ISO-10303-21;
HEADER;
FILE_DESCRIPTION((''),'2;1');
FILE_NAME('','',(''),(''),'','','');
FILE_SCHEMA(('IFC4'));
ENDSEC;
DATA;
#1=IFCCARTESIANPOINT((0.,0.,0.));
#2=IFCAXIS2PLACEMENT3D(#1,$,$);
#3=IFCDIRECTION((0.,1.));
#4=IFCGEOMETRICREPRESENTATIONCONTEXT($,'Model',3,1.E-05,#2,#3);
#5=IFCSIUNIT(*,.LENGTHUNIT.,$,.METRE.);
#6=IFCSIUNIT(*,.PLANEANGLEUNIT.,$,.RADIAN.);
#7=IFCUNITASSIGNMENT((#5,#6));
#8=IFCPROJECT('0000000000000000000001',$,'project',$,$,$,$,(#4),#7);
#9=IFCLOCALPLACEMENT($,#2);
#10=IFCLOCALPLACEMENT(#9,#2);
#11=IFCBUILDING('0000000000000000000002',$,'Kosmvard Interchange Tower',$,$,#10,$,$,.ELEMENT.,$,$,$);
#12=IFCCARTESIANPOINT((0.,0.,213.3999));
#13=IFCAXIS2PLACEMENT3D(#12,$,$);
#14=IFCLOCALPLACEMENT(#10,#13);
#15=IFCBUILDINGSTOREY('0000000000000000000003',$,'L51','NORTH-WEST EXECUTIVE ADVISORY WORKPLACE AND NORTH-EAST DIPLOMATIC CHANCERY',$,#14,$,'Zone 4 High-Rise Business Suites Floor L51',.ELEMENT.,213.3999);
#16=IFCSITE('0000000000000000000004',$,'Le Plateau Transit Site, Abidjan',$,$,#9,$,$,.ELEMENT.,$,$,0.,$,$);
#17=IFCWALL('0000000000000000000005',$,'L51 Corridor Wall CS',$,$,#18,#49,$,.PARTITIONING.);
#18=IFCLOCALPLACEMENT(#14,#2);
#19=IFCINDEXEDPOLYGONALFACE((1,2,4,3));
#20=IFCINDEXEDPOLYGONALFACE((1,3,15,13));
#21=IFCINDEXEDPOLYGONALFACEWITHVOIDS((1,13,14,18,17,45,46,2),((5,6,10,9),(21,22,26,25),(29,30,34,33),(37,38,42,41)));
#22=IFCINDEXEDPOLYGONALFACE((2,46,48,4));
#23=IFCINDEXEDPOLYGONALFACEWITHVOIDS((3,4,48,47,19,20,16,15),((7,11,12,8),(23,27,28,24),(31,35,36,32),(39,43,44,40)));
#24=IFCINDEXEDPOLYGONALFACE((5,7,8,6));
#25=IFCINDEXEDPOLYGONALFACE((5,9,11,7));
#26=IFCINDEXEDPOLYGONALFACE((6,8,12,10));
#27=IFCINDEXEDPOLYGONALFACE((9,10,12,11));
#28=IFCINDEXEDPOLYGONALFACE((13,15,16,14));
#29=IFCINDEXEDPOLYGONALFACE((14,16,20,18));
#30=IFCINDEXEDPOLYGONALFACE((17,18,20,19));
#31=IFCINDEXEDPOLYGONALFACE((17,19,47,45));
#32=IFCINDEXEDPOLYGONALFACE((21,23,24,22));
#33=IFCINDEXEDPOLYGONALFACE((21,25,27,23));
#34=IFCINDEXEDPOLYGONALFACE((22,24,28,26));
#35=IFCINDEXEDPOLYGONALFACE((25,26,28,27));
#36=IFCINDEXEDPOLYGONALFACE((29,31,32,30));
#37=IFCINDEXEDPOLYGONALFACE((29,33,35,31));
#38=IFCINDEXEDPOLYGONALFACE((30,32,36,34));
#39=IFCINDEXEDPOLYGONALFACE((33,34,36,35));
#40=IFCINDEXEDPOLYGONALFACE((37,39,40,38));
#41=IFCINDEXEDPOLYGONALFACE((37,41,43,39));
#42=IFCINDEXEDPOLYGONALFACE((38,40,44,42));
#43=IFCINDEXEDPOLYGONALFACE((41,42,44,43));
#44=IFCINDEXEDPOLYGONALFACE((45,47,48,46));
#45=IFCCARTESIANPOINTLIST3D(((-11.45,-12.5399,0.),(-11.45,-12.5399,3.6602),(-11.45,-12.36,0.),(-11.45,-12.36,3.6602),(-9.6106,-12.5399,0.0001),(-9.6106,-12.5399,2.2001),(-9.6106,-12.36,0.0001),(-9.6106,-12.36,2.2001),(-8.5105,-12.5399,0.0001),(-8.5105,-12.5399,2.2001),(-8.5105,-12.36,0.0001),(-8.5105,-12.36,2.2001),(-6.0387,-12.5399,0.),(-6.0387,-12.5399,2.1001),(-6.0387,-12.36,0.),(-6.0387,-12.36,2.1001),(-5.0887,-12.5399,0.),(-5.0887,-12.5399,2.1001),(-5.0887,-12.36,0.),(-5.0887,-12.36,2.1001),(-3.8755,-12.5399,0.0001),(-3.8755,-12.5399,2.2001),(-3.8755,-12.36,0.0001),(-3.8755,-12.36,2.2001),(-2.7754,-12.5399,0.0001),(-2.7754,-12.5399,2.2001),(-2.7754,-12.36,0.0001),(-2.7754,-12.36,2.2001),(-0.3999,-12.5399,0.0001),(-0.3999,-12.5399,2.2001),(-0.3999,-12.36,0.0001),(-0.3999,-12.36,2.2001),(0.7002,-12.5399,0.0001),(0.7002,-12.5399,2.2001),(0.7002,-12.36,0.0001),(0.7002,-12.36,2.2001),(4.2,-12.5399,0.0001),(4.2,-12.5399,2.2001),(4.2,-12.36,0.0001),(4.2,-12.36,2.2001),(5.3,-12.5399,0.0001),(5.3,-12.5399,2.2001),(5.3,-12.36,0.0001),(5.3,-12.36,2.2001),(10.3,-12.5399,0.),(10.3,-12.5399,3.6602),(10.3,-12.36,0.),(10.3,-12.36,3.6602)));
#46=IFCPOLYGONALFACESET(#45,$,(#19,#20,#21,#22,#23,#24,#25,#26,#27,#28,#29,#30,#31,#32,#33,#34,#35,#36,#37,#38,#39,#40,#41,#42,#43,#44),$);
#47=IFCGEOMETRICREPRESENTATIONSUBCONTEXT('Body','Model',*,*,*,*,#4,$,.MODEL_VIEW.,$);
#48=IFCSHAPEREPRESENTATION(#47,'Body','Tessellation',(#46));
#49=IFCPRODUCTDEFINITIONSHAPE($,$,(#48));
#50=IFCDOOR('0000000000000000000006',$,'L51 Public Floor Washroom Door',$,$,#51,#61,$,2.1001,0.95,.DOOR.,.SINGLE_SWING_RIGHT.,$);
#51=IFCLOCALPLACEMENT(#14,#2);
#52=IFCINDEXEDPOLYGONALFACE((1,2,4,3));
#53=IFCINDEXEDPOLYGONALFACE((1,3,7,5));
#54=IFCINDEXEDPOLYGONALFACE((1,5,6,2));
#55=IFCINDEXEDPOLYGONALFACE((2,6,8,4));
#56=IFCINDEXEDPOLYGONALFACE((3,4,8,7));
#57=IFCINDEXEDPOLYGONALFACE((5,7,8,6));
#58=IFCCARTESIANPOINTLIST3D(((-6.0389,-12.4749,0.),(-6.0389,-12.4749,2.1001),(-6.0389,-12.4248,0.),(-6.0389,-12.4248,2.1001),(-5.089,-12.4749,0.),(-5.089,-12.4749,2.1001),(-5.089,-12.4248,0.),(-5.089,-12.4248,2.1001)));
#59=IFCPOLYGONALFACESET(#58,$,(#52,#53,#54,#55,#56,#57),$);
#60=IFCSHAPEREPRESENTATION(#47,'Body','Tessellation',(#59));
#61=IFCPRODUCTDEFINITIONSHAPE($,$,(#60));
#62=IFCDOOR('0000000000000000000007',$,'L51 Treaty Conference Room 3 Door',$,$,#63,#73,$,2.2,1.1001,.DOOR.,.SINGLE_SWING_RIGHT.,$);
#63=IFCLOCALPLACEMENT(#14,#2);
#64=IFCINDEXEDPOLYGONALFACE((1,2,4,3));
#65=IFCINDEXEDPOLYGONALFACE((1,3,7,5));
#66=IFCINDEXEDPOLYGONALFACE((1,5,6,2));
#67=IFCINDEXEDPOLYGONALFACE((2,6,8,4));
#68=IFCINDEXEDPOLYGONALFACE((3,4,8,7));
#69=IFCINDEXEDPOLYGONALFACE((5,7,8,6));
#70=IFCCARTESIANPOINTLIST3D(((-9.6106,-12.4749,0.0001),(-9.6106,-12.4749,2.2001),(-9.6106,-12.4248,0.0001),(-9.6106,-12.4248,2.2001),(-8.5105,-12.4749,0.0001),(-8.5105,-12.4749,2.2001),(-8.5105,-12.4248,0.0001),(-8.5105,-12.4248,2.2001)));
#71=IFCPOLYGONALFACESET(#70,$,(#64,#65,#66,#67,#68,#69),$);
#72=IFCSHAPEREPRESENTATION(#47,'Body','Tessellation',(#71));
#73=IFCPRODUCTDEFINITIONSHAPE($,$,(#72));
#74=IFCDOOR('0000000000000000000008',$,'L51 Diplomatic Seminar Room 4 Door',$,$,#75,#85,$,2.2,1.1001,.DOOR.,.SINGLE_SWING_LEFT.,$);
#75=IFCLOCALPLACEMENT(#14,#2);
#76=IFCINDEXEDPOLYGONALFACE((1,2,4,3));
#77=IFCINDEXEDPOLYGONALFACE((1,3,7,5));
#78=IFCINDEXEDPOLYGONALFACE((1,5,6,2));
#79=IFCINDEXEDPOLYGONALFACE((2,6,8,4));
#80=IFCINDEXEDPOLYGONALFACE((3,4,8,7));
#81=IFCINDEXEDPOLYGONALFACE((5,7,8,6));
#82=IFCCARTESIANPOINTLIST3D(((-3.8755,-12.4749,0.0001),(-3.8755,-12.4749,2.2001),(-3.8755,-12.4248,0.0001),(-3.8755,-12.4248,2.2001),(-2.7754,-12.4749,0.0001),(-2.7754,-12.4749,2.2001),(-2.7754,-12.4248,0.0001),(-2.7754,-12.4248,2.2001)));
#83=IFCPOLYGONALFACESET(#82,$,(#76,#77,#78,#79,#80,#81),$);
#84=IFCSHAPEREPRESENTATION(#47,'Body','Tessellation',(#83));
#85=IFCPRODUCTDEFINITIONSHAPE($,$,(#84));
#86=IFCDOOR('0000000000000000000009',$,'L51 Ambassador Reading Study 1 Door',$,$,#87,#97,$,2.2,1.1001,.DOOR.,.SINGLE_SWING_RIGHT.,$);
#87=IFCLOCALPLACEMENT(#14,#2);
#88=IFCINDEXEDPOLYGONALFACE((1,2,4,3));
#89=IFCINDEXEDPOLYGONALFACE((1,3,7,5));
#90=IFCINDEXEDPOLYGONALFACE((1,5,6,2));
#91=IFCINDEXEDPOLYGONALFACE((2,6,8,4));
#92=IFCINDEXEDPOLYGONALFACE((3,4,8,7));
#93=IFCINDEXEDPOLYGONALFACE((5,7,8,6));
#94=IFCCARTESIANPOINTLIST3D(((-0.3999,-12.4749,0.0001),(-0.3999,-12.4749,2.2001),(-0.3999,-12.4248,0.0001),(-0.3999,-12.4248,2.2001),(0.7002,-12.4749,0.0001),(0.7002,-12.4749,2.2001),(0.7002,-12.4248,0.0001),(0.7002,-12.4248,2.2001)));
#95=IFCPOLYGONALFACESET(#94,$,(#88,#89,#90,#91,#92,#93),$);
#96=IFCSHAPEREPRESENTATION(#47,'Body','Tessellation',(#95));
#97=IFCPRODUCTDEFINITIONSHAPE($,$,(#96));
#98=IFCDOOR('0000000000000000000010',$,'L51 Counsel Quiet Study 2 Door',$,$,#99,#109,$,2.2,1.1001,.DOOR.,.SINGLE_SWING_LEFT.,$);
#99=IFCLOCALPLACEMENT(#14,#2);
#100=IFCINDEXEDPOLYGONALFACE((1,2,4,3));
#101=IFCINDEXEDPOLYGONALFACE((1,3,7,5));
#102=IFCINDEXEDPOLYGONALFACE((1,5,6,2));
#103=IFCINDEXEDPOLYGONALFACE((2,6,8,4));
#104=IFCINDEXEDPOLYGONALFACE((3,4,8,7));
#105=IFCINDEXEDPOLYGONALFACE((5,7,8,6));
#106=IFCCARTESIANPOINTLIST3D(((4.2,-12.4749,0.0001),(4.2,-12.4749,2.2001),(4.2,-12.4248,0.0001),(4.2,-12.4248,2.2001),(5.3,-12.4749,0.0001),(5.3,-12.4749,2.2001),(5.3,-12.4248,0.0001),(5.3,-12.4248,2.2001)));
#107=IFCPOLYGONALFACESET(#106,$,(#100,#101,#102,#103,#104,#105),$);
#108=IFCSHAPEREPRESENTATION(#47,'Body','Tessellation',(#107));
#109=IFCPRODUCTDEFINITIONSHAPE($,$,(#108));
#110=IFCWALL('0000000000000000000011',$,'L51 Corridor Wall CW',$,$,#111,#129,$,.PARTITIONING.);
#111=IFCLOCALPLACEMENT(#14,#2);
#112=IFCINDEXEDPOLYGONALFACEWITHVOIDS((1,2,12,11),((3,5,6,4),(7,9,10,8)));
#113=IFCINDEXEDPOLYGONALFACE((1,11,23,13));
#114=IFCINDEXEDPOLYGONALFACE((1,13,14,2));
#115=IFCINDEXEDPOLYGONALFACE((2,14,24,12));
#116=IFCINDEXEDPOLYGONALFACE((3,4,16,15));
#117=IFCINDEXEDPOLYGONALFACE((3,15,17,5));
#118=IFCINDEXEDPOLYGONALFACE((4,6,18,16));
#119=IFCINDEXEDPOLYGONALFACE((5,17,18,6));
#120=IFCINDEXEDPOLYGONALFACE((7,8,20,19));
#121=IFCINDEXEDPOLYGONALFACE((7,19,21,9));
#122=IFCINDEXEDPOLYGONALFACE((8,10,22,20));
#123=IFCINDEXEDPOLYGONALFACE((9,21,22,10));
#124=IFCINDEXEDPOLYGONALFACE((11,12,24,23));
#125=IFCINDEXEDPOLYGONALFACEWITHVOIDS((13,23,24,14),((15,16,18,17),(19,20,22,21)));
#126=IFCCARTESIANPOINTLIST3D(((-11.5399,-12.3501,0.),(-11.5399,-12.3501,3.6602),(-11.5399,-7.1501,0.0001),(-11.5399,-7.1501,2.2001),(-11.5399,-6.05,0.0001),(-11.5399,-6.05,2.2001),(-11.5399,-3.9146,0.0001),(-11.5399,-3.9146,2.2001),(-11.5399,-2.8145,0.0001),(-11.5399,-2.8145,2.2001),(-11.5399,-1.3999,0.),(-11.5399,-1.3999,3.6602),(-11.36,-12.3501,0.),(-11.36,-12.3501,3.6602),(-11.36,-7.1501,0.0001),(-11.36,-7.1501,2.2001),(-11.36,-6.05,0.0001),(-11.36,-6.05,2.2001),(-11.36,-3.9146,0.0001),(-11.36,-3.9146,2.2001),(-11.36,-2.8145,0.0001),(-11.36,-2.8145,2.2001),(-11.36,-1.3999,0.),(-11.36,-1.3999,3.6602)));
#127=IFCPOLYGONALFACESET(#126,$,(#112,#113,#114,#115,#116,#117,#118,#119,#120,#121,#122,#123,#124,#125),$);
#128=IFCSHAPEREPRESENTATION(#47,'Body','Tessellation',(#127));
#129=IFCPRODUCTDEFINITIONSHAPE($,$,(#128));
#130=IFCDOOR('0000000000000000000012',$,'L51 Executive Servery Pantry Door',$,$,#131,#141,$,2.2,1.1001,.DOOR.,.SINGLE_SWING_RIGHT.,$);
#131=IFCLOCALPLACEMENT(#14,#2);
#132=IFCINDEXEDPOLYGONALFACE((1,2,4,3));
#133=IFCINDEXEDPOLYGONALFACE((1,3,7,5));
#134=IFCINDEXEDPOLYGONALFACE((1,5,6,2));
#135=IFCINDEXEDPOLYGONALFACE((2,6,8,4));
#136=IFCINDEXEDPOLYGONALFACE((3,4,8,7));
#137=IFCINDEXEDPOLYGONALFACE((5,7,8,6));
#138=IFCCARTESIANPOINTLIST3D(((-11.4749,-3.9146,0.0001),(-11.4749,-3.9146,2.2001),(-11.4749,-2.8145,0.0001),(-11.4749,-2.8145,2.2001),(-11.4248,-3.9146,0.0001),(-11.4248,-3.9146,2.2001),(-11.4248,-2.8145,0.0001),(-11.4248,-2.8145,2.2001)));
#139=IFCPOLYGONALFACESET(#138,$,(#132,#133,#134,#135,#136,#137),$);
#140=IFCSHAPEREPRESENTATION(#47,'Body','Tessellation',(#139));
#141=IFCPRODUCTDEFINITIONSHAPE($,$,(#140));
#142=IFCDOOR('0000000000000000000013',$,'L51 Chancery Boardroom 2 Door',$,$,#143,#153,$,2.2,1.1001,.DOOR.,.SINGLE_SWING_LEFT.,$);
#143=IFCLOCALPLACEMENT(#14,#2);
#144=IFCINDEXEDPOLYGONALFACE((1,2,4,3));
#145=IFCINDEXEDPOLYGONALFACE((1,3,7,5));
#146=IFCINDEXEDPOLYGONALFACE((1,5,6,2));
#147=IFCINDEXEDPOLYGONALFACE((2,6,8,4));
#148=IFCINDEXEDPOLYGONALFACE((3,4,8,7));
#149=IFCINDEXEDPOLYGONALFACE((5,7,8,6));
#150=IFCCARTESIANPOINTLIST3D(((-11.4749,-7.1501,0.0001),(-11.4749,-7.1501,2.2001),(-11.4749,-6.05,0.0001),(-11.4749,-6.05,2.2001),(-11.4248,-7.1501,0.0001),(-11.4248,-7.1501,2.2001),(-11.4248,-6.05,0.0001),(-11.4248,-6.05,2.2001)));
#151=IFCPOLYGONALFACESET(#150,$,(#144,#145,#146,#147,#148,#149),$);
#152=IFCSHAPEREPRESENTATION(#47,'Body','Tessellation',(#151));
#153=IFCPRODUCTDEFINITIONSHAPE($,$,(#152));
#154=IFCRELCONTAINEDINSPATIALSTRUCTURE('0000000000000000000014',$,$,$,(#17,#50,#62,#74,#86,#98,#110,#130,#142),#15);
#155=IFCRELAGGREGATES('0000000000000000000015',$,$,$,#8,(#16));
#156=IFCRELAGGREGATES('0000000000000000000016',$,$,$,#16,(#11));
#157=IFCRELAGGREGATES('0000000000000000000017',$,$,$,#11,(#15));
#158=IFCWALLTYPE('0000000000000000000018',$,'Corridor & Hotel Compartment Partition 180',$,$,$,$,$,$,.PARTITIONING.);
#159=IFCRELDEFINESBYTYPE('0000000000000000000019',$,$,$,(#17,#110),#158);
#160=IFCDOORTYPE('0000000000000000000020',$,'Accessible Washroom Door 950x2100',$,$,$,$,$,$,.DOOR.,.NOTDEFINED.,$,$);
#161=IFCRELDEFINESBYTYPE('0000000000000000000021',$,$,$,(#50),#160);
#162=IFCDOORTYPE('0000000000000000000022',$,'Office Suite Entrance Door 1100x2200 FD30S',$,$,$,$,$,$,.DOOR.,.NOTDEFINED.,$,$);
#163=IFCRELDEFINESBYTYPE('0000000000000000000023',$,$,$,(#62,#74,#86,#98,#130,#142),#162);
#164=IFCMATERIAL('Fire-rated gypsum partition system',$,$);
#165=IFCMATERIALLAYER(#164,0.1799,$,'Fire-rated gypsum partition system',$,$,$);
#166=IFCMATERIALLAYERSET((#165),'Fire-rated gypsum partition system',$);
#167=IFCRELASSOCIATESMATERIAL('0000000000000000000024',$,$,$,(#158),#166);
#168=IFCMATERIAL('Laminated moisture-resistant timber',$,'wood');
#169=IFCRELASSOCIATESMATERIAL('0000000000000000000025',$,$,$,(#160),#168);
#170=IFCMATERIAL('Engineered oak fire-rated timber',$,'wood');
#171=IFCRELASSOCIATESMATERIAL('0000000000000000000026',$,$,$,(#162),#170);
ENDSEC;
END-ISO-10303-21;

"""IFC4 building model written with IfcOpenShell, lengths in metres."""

from ifc_helpers import new_model, si_unit, direction, frame, frame_2d, origin, place, context, subcontext, project, spatial, rectangle, extrude, source, transform, mapped, material, layer, layer_set, type_object, element, fill, save


model = new_model("IFC4")

# Units and contexts
model_context = context("Model", 3, precision=1e-05, world=origin(), true_north=direction((0.0, 1.0)))
body_context = subcontext(model_context, "Body", "Model", "MODEL_VIEW")
ifc_project = project(units=[si_unit("LENGTHUNIT", "METRE"), si_unit("PLANEANGLEUNIT", "RADIAN")], contexts=[model_context])

# Site, building, storey
site_placement = place(None, origin())
site = spatial("IfcSite", under=ifc_project, at=site_placement, Name="Le Plateau Transit Site, Abidjan", CompositionType="ELEMENT", RefElevation=0.0)
building_placement = place(site_placement, origin())
building = spatial("IfcBuilding", under=site, at=building_placement, Name="Kosmvard Interchange Tower", CompositionType="ELEMENT")
storey_placement = place(building_placement, frame((0.0, 0.0, 213.3999)))
storey = spatial("IfcBuildingStorey", under=building, at=storey_placement, Name="L51", Description="NORTH-WEST EXECUTIVE ADVISORY WORKPLACE AND NORTH-EAST DIPLOMATIC CHANCERY", LongName="Zone 4 High-Rise Business Suites Floor L51", CompositionType="ELEMENT", Elevation=213.3999)

# Walls, openings, doors
ifc_material_1 = material(Name="Fire-rated gypsum partition system")
ifc_layer_1 = layer(ifc_material_1, 0.1799, Name="Fire-rated gypsum partition system")
ifc_layer_set_1 = layer_set([ifc_layer_1], Name="Fire-rated gypsum partition system")
wall_type_1 = type_object("IfcWallType", Name="Corridor & Hotel Compartment Partition 180", PredefinedType="PARTITIONING", material=ifc_layer_set_1)
wall_1_placement = place(storey_placement, frame((-11.45, -12.45, 0.0), z_axis=(0.0, 0.0, 1.0), x_axis=(1.0, 0.0, 0.0)))
wall_1 = element("IfcWall", 1, at=wall_1_placement, inside=storey, type_object=wall_type_1, Name="L51 Corridor Wall CS", PredefinedType="PARTITIONING", context=body_context, shape_type="SweptSolid", body=[
    extrude(rectangle(XDim=21.75, YDim=0.1799, at=frame_2d((10.875, 0.0))), origin(), (0.0, 0.0, 1.0), 3.6602),
])
opening_1_placement = place(wall_1_placement, frame((5.4111, 0.0, 0.0)))
opening_1 = element("IfcOpeningElement", 2, at=opening_1_placement, cuts=wall_1, PredefinedType="OPENING", context=body_context, shape_type="SweptSolid", body=[
    extrude(rectangle(XDim=0.95, YDim=2.1001, at=frame_2d((0.4751, 1.05))), frame((0.0, 0.1001, 0.0), z_axis=(0.0, -1.0, 0.0), x_axis=(1.0, 0.0, 0.0)), (0.0, 0.0, 1.0), 0.2),
])
opening_2_placement = place(wall_1_placement, frame((1.8394, 0.0, 0.0)))
opening_2 = element("IfcOpeningElement", 3, at=opening_2_placement, cuts=wall_1, PredefinedType="OPENING", context=body_context, shape_type="SweptSolid", body=[
    extrude(rectangle(XDim=1.1001, YDim=2.2, at=frame_2d((0.55, 1.1001))), frame((0.0, 0.1001, 0.0), z_axis=(0.0, -1.0, 0.0), x_axis=(1.0, 0.0, 0.0)), (0.0, 0.0, 1.0), 0.2),
])
opening_3_placement = place(wall_1_placement, frame((7.5745, 0.0, 0.0)))
opening_3 = element("IfcOpeningElement", 4, at=opening_3_placement, cuts=wall_1, PredefinedType="OPENING", context=body_context, shape_type="SweptSolid", body=[
    extrude(rectangle(XDim=1.1001, YDim=2.2, at=frame_2d((0.55, 1.1001))), frame((0.0, 0.1001, 0.0), z_axis=(0.0, -1.0, 0.0), x_axis=(1.0, 0.0, 0.0)), (0.0, 0.0, 1.0), 0.2),
])
opening_4_placement = place(wall_1_placement, frame((11.05, 0.0, 0.0)))
opening_4 = element("IfcOpeningElement", 5, at=opening_4_placement, cuts=wall_1, PredefinedType="OPENING", context=body_context, shape_type="SweptSolid", body=[
    extrude(rectangle(XDim=1.1001, YDim=2.2, at=frame_2d((0.55, 1.1001))), frame((0.0, 0.1001, 0.0), z_axis=(0.0, -1.0, 0.0), x_axis=(1.0, 0.0, 0.0)), (0.0, 0.0, 1.0), 0.2),
])
opening_5_placement = place(wall_1_placement, frame((15.6499, 0.0, 0.0)))
opening_5 = element("IfcOpeningElement", 6, at=opening_5_placement, cuts=wall_1, PredefinedType="OPENING", context=body_context, shape_type="SweptSolid", body=[
    extrude(rectangle(XDim=1.1001, YDim=2.2, at=frame_2d((0.55, 1.1001))), frame((0.0, 0.1001, 0.0), z_axis=(0.0, -1.0, 0.0), x_axis=(1.0, 0.0, 0.0)), (0.0, 0.0, 1.0), 0.2),
])
ifc_material_2 = material(Name="Laminated moisture-resistant timber", Category="wood")
door_type_1 = type_object("IfcDoorType", Name="Accessible Washroom Door 950x2100", OperationType="NOTDEFINED", PredefinedType="DOOR", material=ifc_material_2)
shared_shape_1 = source(origin(), body_context, "Body", "SweptSolid", [
    extrude(rectangle(XDim=0.95, YDim=2.1001, at=frame_2d((0.4751, 1.05))), frame((0.0, 0.0249, 0.0), z_axis=(0.0, -1.0, 0.0), x_axis=(1.0, 0.0, 0.0)), (0.0, 0.0, 1.0), 0.05),
])
door_1_placement = place(opening_1_placement, frame((0.95, 0.0, 0.0), z_axis=(0.0, 0.0, 1.0), x_axis=(-1.0, 0.0, 0.0)))
door_1 = element("IfcDoor", 7, at=door_1_placement, inside=storey, type_object=door_type_1, Name="L51 Public Floor Washroom Door", OperationType="SINGLE_SWING_RIGHT", OverallHeight=2.1001, OverallWidth=0.95, PredefinedType="DOOR", context=body_context, shape_type="MappedRepresentation", body=[
    mapped(shared_shape_1, transform((0.0, 0.0, 0.0), scale=1.0)),
])
fill(opening_1, door_1)
ifc_material_3 = material(Name="Engineered oak fire-rated timber", Category="wood")
door_type_2 = type_object("IfcDoorType", Name="Office Suite Entrance Door 1100x2200 FD30S", OperationType="NOTDEFINED", PredefinedType="DOOR", material=ifc_material_3)
shared_shape_2 = source(origin(), body_context, "Body", "SweptSolid", [
    extrude(rectangle(XDim=1.1001, YDim=2.2, at=frame_2d((0.55, 1.1001))), frame((0.0, 0.0249, 0.0), z_axis=(0.0, -1.0, 0.0), x_axis=(1.0, 0.0, 0.0)), (0.0, 0.0, 1.0), 0.05),
])
door_2_placement = place(opening_2_placement, frame((1.1001, 0.0, 0.0), z_axis=(0.0, 0.0, 1.0), x_axis=(-1.0, 0.0, 0.0)))
door_2 = element("IfcDoor", 8, at=door_2_placement, inside=storey, type_object=door_type_2, Name="L51 Treaty Conference Room 3 Door", OperationType="SINGLE_SWING_RIGHT", OverallHeight=2.2, OverallWidth=1.1001, PredefinedType="DOOR", context=body_context, shape_type="MappedRepresentation", body=[
    mapped(shared_shape_2, transform((0.0, 0.0, 0.0), scale=1.0)),
])
fill(opening_2, door_2)
door_3_placement = place(opening_3_placement, frame((1.1001, 0.0, 0.0), z_axis=(0.0, 0.0, 1.0), x_axis=(-1.0, 0.0, 0.0)))
door_3 = element("IfcDoor", 9, at=door_3_placement, inside=storey, type_object=door_type_2, Name="L51 Diplomatic Seminar Room 4 Door", OperationType="SINGLE_SWING_LEFT", OverallHeight=2.2, OverallWidth=1.1001, PredefinedType="DOOR", context=body_context, shape_type="MappedRepresentation", body=[
    mapped(shared_shape_2, transform((0.0, 0.0, 0.0), scale=1.0)),
])
fill(opening_3, door_3)
door_4_placement = place(opening_4_placement, frame((1.1001, 0.0, 0.0), z_axis=(0.0, 0.0, 1.0), x_axis=(-1.0, 0.0, 0.0)))
door_4 = element("IfcDoor", 10, at=door_4_placement, inside=storey, type_object=door_type_2, Name="L51 Ambassador Reading Study 1 Door", OperationType="SINGLE_SWING_RIGHT", OverallHeight=2.2, OverallWidth=1.1001, PredefinedType="DOOR", context=body_context, shape_type="MappedRepresentation", body=[
    mapped(shared_shape_2, transform((0.0, 0.0, 0.0), scale=1.0)),
])
fill(opening_4, door_4)
door_5_placement = place(opening_5_placement, frame((1.1001, 0.0, 0.0), z_axis=(0.0, 0.0, 1.0), x_axis=(-1.0, 0.0, 0.0)))
door_5 = element("IfcDoor", 11, at=door_5_placement, inside=storey, type_object=door_type_2, Name="L51 Counsel Quiet Study 2 Door", OperationType="SINGLE_SWING_LEFT", OverallHeight=2.2, OverallWidth=1.1001, PredefinedType="DOOR", context=body_context, shape_type="MappedRepresentation", body=[
    mapped(shared_shape_2, transform((0.0, 0.0, 0.0), scale=1.0)),
])
fill(opening_5, door_5)
wall_2_placement = place(storey_placement, frame((-11.45, -12.3501, 0.0), z_axis=(0.0, 0.0, 1.0), x_axis=(0.0, 1.0, 0.0)))
wall_2 = element("IfcWall", 12, at=wall_2_placement, inside=storey, type_object=wall_type_1, Name="L51 Corridor Wall CW", PredefinedType="PARTITIONING", context=body_context, shape_type="SweptSolid", body=[
    extrude(rectangle(XDim=10.9502, YDim=0.1799, at=frame_2d((5.4751, 0.0))), origin(), (0.0, 0.0, 1.0), 3.6602),
])
opening_6_placement = place(wall_2_placement, frame((8.4355, 0.0, 0.0)))
opening_6 = element("IfcOpeningElement", 13, at=opening_6_placement, cuts=wall_2, PredefinedType="OPENING", context=body_context, shape_type="SweptSolid", body=[
    extrude(rectangle(XDim=1.1001, YDim=2.2, at=frame_2d((0.55, 1.1001))), frame((0.0, 0.1001, 0.0), z_axis=(0.0, -1.0, 0.0), x_axis=(1.0, 0.0, 0.0)), (0.0, 0.0, 1.0), 0.2),
])
opening_7_placement = place(wall_2_placement, frame((5.2, 0.0, 0.0)))
opening_7 = element("IfcOpeningElement", 14, at=opening_7_placement, cuts=wall_2, PredefinedType="OPENING", context=body_context, shape_type="SweptSolid", body=[
    extrude(rectangle(XDim=1.1001, YDim=2.2, at=frame_2d((0.55, 1.1001))), frame((0.0, 0.1001, 0.0), z_axis=(0.0, -1.0, 0.0), x_axis=(1.0, 0.0, 0.0)), (0.0, 0.0, 1.0), 0.2),
])
door_6_placement = place(opening_6_placement, origin())
door_6 = element("IfcDoor", 15, at=door_6_placement, inside=storey, type_object=door_type_2, Name="L51 Executive Servery Pantry Door", OperationType="SINGLE_SWING_RIGHT", OverallHeight=2.2, OverallWidth=1.1001, PredefinedType="DOOR", context=body_context, shape_type="MappedRepresentation", body=[
    mapped(shared_shape_2, transform((0.0, 0.0, 0.0), scale=1.0)),
])
fill(opening_6, door_6)
door_7_placement = place(opening_7_placement, origin())
door_7 = element("IfcDoor", 16, at=door_7_placement, inside=storey, type_object=door_type_2, Name="L51 Chancery Boardroom 2 Door", OperationType="SINGLE_SWING_LEFT", OverallHeight=2.2, OverallWidth=1.1001, PredefinedType="DOOR", context=body_context, shape_type="MappedRepresentation", body=[
    mapped(shared_shape_2, transform((0.0, 0.0, 0.0), scale=1.0)),
])
fill(opening_7, door_7)

save(model, "model.ifc")
